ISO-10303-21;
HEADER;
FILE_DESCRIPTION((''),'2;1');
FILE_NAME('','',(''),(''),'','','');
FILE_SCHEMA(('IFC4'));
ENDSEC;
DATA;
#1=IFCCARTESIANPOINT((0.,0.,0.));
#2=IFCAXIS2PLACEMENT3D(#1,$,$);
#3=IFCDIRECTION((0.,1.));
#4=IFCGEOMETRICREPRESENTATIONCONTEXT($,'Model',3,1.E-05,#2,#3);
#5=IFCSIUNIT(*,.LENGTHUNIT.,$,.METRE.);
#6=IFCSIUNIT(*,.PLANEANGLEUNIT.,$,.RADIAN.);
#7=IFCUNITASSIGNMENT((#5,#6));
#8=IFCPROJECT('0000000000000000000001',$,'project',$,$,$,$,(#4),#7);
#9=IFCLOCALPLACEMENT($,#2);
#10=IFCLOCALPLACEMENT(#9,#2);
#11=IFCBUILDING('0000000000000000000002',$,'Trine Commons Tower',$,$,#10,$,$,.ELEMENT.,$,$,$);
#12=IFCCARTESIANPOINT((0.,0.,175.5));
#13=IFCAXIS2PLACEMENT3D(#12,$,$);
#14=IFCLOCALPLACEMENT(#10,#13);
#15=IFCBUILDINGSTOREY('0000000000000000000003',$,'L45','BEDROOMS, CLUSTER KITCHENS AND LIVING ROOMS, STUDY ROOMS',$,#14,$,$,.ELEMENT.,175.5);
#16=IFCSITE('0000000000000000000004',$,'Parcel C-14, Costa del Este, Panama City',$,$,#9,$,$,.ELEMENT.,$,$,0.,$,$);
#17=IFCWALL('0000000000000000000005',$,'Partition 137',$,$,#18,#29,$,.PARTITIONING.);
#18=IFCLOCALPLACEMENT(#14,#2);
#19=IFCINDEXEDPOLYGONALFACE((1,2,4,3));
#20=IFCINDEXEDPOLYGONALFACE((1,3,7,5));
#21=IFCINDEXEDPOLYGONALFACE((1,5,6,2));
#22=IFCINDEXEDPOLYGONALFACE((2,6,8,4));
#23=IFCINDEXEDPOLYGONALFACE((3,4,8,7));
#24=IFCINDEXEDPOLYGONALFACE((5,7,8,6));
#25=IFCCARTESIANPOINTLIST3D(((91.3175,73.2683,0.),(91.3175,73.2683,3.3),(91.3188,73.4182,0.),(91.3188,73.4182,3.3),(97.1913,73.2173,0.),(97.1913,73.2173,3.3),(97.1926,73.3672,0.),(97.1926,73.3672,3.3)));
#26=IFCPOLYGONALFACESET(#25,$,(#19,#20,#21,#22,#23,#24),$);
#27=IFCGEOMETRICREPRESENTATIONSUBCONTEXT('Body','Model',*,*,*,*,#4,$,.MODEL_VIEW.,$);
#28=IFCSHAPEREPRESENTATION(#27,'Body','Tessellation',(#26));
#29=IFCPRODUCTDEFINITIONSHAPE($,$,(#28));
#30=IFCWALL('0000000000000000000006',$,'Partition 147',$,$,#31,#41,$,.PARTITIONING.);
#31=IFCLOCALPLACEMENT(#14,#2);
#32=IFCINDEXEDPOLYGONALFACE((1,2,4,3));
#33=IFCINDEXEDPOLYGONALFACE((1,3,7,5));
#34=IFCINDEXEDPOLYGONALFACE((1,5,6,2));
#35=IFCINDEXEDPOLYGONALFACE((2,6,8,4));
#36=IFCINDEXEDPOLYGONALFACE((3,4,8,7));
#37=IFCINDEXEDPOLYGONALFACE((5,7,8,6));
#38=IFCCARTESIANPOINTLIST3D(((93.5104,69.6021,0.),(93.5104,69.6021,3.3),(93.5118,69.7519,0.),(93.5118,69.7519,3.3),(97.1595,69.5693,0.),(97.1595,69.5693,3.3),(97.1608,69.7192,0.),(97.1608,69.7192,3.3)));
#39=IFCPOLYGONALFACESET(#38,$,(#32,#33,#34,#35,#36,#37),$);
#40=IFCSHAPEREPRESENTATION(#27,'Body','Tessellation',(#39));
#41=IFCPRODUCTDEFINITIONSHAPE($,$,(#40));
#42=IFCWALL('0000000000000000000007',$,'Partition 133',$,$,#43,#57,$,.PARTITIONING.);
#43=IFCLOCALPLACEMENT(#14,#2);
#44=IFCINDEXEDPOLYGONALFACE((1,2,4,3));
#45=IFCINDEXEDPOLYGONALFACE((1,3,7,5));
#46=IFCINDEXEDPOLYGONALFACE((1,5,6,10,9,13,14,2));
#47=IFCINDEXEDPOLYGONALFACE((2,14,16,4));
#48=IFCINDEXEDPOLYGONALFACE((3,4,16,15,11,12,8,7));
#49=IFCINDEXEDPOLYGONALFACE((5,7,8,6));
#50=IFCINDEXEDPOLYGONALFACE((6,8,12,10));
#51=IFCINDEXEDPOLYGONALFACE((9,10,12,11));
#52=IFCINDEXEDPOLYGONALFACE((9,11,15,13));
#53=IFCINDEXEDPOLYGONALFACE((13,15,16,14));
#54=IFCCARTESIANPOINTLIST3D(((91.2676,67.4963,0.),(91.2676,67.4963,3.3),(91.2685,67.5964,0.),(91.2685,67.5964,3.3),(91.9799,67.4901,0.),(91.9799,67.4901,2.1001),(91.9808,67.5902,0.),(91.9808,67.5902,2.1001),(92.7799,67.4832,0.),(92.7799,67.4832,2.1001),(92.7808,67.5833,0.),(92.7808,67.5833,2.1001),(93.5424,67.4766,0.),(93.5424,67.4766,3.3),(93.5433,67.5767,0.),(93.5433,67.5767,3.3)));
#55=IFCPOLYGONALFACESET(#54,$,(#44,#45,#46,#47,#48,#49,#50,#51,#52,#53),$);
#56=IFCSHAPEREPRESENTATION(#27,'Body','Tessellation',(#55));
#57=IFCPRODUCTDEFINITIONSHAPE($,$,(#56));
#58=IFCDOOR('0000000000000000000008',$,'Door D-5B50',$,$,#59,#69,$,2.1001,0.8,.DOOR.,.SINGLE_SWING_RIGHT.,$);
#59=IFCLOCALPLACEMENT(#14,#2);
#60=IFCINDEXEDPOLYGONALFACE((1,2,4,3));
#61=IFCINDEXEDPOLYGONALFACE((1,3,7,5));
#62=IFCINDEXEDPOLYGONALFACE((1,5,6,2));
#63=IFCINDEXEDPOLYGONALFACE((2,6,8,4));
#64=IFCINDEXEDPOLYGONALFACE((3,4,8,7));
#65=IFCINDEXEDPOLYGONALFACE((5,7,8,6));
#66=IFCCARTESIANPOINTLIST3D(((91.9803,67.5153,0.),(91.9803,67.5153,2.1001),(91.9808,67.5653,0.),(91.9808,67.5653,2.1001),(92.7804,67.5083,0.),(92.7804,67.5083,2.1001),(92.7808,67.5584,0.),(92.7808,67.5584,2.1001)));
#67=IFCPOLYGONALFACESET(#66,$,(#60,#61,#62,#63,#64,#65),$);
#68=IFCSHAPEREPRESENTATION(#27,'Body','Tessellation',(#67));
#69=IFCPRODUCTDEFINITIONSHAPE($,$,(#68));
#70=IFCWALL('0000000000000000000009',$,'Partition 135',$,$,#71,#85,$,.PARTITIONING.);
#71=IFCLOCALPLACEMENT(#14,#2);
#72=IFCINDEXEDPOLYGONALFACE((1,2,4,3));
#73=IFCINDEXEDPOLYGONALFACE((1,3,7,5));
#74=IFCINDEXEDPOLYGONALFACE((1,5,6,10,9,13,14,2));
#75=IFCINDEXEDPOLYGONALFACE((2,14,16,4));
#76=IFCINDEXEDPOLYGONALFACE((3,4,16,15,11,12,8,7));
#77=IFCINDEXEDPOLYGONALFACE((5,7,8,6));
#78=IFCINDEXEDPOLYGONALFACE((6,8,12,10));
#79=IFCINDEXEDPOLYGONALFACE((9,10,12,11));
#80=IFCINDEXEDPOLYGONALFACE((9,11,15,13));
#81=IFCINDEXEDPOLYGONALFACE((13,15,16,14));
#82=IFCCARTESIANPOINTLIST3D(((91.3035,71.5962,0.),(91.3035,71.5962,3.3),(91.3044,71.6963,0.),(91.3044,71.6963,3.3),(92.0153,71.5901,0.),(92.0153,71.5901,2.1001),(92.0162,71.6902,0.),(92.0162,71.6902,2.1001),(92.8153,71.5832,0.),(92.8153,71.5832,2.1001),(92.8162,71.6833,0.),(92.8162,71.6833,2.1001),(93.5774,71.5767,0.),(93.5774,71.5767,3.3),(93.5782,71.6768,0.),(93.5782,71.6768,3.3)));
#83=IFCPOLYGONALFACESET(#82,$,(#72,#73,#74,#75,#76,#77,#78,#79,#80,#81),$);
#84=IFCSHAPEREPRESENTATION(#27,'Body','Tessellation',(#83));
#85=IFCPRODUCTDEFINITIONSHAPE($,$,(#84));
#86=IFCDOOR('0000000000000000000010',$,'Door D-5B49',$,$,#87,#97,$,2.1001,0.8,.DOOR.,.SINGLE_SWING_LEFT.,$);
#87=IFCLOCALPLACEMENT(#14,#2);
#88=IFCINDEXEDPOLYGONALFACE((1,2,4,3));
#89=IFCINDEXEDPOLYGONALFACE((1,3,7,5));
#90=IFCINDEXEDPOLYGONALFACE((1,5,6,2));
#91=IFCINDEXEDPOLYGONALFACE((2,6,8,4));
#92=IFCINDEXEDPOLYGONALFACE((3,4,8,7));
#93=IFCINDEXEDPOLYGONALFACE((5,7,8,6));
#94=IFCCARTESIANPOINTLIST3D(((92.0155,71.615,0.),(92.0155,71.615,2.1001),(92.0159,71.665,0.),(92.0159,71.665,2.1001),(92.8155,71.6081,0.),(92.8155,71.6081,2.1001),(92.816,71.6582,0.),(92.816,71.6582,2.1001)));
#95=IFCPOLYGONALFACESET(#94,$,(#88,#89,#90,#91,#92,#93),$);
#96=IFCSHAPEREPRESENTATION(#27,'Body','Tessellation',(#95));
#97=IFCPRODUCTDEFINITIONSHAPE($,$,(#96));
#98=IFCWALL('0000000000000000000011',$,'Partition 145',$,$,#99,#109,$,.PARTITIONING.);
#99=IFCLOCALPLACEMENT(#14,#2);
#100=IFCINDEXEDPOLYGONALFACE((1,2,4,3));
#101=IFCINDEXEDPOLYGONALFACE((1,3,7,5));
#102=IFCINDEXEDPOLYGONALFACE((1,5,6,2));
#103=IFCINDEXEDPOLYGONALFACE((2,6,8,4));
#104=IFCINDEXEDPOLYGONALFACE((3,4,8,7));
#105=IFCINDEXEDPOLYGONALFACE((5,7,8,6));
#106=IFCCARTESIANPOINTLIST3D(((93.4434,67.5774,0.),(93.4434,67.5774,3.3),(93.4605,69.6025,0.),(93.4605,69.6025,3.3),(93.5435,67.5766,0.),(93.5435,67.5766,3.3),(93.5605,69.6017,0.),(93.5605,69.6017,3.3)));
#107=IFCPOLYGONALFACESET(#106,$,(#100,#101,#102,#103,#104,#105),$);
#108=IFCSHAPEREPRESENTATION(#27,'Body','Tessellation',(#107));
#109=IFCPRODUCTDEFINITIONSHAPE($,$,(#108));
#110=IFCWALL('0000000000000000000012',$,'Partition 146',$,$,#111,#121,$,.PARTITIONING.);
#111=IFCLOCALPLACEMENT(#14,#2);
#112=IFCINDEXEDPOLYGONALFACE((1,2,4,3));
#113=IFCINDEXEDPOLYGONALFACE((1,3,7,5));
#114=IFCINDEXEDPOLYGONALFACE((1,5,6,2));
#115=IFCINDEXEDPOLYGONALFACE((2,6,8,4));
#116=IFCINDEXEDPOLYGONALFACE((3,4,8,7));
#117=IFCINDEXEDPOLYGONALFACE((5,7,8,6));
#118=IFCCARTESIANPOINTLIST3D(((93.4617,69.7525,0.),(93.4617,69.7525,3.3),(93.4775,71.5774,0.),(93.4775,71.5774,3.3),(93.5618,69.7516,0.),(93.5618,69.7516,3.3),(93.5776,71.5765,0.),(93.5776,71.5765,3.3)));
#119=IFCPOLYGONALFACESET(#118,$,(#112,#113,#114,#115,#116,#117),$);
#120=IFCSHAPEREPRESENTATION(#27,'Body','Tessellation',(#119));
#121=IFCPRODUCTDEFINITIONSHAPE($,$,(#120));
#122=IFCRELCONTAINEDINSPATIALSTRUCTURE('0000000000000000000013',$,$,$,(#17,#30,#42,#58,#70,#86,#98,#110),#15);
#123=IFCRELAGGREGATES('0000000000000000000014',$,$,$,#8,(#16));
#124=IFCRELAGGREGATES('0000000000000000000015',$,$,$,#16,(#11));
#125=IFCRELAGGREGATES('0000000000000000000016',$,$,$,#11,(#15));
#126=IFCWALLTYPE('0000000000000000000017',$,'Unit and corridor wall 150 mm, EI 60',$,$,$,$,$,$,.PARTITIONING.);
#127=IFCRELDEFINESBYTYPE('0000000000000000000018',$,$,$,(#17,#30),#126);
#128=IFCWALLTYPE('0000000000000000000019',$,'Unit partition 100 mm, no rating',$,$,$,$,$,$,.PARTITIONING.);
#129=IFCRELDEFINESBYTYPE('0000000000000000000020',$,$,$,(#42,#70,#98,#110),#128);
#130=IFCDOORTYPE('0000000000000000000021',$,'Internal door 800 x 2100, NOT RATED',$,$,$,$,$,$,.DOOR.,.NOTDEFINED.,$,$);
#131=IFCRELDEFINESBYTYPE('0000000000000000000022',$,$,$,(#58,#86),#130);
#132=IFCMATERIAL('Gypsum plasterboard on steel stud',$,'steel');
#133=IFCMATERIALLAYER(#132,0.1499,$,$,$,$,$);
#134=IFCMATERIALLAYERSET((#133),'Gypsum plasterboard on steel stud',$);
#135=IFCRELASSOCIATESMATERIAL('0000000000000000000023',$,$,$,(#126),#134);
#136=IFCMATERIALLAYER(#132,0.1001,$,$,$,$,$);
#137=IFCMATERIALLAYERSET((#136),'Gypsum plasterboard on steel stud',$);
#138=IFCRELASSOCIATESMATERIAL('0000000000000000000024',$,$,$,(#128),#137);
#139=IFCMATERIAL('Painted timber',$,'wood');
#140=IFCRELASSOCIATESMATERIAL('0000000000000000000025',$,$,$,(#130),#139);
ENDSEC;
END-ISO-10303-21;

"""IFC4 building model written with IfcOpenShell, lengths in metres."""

from ifc_helpers import new_model, si_unit, direction, frame, frame_2d, origin, place, context, subcontext, project, spatial, rectangle, extrude, material, layer, layer_set, type_object, element, fill, save


model = new_model("IFC4")

# Units and contexts
model_context = context("Model", 3, precision=1e-05, world=origin(), true_north=direction((0.0, 1.0)))
body_context = subcontext(model_context, "Body", "Model", "MODEL_VIEW")
ifc_project = project(units=[si_unit("LENGTHUNIT", "METRE"), si_unit("PLANEANGLEUNIT", "RADIAN")], contexts=[model_context])

# Site, building, storey
site_placement = place(None, origin())
site = spatial("IfcSite", under=ifc_project, at=site_placement, Name="Parcel C-14, Costa del Este, Panama City", CompositionType="ELEMENT", RefElevation=0.0)
building_placement = place(site_placement, origin())
building = spatial("IfcBuilding", under=site, at=building_placement, Name="Trine Commons Tower", CompositionType="ELEMENT")
storey_placement = place(building_placement, frame((0.0, 0.0, 175.5)))
storey = spatial("IfcBuildingStorey", under=building, at=storey_placement, Name="L45", Description="BEDROOMS, CLUSTER KITCHENS AND LIVING ROOMS, STUDY ROOMS", CompositionType="ELEMENT", Elevation=175.5)

# Shared definitions
ifc_material_1 = material(Name="Gypsum plasterboard on steel stud", Category="steel")
ifc_layer_1 = layer(ifc_material_1, 0.1499)
ifc_layer_set_1 = layer_set([ifc_layer_1], Name="Gypsum plasterboard on steel stud")
wall_type_1 = type_object("IfcWallType", Name="Unit and corridor wall 150 mm, EI 60", PredefinedType="PARTITIONING", material=ifc_layer_set_1)

# Walls
wall_1_placement = place(storey_placement, frame((91.3181, 73.3433, 0.0), z_axis=(0.0, 0.0, 1.0), x_axis=(0.999962, -0.008687, 0.0)))
element("IfcWall", 1, at=wall_1_placement, inside=storey, type_object=wall_type_1, Name="Partition 137", PredefinedType="PARTITIONING", context=body_context, shape_type="SweptSolid", body=[
    extrude(rectangle(XDim=5.874, YDim=0.1499, at=frame_2d((2.937, 0.0))), origin(), (0.0, 0.0, 1.0), 3.3),
])
wall_2_placement = place(storey_placement, frame((93.511, 69.677, 0.0), z_axis=(0.0, 0.0, 1.0), x_axis=(0.99996, -0.008965, 0.0)))
element("IfcWall", 2, at=wall_2_placement, inside=storey, type_object=wall_type_1, Name="Partition 147", PredefinedType="PARTITIONING", context=body_context, shape_type="SweptSolid", body=[
    extrude(rectangle(XDim=3.6492, YDim=0.1499, at=frame_2d((1.8247, 0.0))), origin(), (0.0, 0.0, 1.0), 3.3),
])

# Walls, openings, doors
ifc_layer_2 = layer(ifc_material_1, 0.1001)
ifc_layer_set_2 = layer_set([ifc_layer_2], Name="Gypsum plasterboard on steel stud")
wall_type_2 = type_object("IfcWallType", Name="Unit partition 100 mm, no rating", PredefinedType="PARTITIONING", material=ifc_layer_set_2)
wall_3_placement = place(storey_placement, frame((91.2681, 67.5464, 0.0), z_axis=(0.0, 0.0, 1.0), x_axis=(0.999962, -0.008693, 0.0)))
wall_3 = element("IfcWall", 3, at=wall_3_placement, inside=storey, type_object=wall_type_2, Name="Partition 133", PredefinedType="PARTITIONING", context=body_context, shape_type="SweptSolid", body=[
    extrude(rectangle(XDim=2.2749, YDim=0.1001, at=frame_2d((1.1375, 0.0))), origin(), (0.0, 0.0, 1.0), 3.3),
])
opening_1_placement = place(wall_3_placement, frame((0.7124, 0.0, 0.0)))
opening_1 = element("IfcOpeningElement", 4, at=opening_1_placement, cuts=wall_3, PredefinedType="OPENING", context=body_context, shape_type="SweptSolid", body=[
    extrude(rectangle(XDim=0.8, YDim=2.1001, at=frame_2d((0.3999, 1.05))), frame((0.0, 0.0601, 0.0), z_axis=(0.0, -1.0, 0.0), x_axis=(1.0, 0.0, 0.0)), (0.0, 0.0, 1.0), 0.1201),
])
ifc_material_2 = material(Name="Painted timber", Category="wood")
door_type_1 = type_object("IfcDoorType", Name="Internal door 800 x 2100, NOT RATED", OperationType="NOTDEFINED", PredefinedType="DOOR", material=ifc_material_2)
door_1_placement = place(opening_1_placement, frame((0.8, 0.0, 0.0), z_axis=(0.0, 0.0, 1.0), x_axis=(-1.0, 0.0, 0.0)))
door_1 = element("IfcDoor", 5, at=door_1_placement, inside=storey, type_object=door_type_1, Name="Door D-5B50", OperationType="SINGLE_SWING_RIGHT", OverallHeight=2.1001, OverallWidth=0.8, PredefinedType="DOOR", context=body_context, shape_type="SweptSolid", body=[
    extrude(rectangle(XDim=0.8, YDim=2.1001, at=frame_2d((0.3999, 1.05))), frame((0.0, 0.0249, 0.0), z_axis=(0.0, -1.0, 0.0), x_axis=(1.0, 0.0, 0.0)), (0.0, 0.0, 1.0), 0.05),
])
fill(opening_1, door_1)
wall_4_placement = place(storey_placement, frame((91.304, 71.6462, 0.0), z_axis=(0.0, 0.0, 1.0), x_axis=(0.999963, -0.008589, 0.0)))
wall_4 = element("IfcWall", 6, at=wall_4_placement, inside=storey, type_object=wall_type_2, Name="Partition 135", PredefinedType="PARTITIONING", context=body_context, shape_type="SweptSolid", body=[
    extrude(rectangle(XDim=2.2739, YDim=0.1001, at=frame_2d((1.137, 0.0))), origin(), (0.0, 0.0, 1.0), 3.3),
])
opening_2_placement = place(wall_4_placement, frame((0.7119, 0.0, 0.0)))
opening_2 = element("IfcOpeningElement", 7, at=opening_2_placement, cuts=wall_4, PredefinedType="OPENING", context=body_context, shape_type="SweptSolid", body=[
    extrude(rectangle(XDim=0.8, YDim=2.1001, at=frame_2d((0.3999, 1.05))), frame((0.0, 0.0601, 0.0), z_axis=(0.0, -1.0, 0.0), x_axis=(1.0, 0.0, 0.0)), (0.0, 0.0, 1.0), 0.1201),
])
door_2_placement = place(opening_2_placement, origin())
door_2 = element("IfcDoor", 8, at=door_2_placement, inside=storey, type_object=door_type_1, Name="Door D-5B49", OperationType="SINGLE_SWING_LEFT", OverallHeight=2.1001, OverallWidth=0.8, PredefinedType="DOOR", context=body_context, shape_type="SweptSolid", body=[
    extrude(rectangle(XDim=0.8, YDim=2.1001, at=frame_2d((0.3999, 1.05))), frame((0.0, 0.0249, 0.0), z_axis=(0.0, -1.0, 0.0), x_axis=(1.0, 0.0, 0.0)), (0.0, 0.0, 1.0), 0.05),
])
fill(opening_2, door_2)

# Walls
wall_5_placement = place(storey_placement, frame((93.4934, 67.5769, 0.0), z_axis=(0.0, 0.0, 1.0), x_axis=(0.008439, 0.999964, 0.0)))
element("IfcWall", 9, at=wall_5_placement, inside=storey, type_object=wall_type_2, Name="Partition 145", PredefinedType="PARTITIONING", context=body_context, shape_type="SweptSolid", body=[
    extrude(rectangle(XDim=2.0251, YDim=0.1001, at=frame_2d((1.0127, 0.0))), origin(), (0.0, 0.0, 1.0), 3.3),
])
wall_6_placement = place(storey_placement, frame((93.5117, 69.752, 0.0), z_axis=(0.0, 0.0, 1.0), x_axis=(0.008695, 0.999962, 0.0)))
element("IfcWall", 10, at=wall_6_placement, inside=storey, type_object=wall_type_2, Name="Partition 146", PredefinedType="PARTITIONING", context=body_context, shape_type="SweptSolid", body=[
    extrude(rectangle(XDim=1.825, YDim=0.1001, at=frame_2d((0.9126, 0.0))), origin(), (0.0, 0.0, 1.0), 3.3),
])

save(model, "model.ifc")
